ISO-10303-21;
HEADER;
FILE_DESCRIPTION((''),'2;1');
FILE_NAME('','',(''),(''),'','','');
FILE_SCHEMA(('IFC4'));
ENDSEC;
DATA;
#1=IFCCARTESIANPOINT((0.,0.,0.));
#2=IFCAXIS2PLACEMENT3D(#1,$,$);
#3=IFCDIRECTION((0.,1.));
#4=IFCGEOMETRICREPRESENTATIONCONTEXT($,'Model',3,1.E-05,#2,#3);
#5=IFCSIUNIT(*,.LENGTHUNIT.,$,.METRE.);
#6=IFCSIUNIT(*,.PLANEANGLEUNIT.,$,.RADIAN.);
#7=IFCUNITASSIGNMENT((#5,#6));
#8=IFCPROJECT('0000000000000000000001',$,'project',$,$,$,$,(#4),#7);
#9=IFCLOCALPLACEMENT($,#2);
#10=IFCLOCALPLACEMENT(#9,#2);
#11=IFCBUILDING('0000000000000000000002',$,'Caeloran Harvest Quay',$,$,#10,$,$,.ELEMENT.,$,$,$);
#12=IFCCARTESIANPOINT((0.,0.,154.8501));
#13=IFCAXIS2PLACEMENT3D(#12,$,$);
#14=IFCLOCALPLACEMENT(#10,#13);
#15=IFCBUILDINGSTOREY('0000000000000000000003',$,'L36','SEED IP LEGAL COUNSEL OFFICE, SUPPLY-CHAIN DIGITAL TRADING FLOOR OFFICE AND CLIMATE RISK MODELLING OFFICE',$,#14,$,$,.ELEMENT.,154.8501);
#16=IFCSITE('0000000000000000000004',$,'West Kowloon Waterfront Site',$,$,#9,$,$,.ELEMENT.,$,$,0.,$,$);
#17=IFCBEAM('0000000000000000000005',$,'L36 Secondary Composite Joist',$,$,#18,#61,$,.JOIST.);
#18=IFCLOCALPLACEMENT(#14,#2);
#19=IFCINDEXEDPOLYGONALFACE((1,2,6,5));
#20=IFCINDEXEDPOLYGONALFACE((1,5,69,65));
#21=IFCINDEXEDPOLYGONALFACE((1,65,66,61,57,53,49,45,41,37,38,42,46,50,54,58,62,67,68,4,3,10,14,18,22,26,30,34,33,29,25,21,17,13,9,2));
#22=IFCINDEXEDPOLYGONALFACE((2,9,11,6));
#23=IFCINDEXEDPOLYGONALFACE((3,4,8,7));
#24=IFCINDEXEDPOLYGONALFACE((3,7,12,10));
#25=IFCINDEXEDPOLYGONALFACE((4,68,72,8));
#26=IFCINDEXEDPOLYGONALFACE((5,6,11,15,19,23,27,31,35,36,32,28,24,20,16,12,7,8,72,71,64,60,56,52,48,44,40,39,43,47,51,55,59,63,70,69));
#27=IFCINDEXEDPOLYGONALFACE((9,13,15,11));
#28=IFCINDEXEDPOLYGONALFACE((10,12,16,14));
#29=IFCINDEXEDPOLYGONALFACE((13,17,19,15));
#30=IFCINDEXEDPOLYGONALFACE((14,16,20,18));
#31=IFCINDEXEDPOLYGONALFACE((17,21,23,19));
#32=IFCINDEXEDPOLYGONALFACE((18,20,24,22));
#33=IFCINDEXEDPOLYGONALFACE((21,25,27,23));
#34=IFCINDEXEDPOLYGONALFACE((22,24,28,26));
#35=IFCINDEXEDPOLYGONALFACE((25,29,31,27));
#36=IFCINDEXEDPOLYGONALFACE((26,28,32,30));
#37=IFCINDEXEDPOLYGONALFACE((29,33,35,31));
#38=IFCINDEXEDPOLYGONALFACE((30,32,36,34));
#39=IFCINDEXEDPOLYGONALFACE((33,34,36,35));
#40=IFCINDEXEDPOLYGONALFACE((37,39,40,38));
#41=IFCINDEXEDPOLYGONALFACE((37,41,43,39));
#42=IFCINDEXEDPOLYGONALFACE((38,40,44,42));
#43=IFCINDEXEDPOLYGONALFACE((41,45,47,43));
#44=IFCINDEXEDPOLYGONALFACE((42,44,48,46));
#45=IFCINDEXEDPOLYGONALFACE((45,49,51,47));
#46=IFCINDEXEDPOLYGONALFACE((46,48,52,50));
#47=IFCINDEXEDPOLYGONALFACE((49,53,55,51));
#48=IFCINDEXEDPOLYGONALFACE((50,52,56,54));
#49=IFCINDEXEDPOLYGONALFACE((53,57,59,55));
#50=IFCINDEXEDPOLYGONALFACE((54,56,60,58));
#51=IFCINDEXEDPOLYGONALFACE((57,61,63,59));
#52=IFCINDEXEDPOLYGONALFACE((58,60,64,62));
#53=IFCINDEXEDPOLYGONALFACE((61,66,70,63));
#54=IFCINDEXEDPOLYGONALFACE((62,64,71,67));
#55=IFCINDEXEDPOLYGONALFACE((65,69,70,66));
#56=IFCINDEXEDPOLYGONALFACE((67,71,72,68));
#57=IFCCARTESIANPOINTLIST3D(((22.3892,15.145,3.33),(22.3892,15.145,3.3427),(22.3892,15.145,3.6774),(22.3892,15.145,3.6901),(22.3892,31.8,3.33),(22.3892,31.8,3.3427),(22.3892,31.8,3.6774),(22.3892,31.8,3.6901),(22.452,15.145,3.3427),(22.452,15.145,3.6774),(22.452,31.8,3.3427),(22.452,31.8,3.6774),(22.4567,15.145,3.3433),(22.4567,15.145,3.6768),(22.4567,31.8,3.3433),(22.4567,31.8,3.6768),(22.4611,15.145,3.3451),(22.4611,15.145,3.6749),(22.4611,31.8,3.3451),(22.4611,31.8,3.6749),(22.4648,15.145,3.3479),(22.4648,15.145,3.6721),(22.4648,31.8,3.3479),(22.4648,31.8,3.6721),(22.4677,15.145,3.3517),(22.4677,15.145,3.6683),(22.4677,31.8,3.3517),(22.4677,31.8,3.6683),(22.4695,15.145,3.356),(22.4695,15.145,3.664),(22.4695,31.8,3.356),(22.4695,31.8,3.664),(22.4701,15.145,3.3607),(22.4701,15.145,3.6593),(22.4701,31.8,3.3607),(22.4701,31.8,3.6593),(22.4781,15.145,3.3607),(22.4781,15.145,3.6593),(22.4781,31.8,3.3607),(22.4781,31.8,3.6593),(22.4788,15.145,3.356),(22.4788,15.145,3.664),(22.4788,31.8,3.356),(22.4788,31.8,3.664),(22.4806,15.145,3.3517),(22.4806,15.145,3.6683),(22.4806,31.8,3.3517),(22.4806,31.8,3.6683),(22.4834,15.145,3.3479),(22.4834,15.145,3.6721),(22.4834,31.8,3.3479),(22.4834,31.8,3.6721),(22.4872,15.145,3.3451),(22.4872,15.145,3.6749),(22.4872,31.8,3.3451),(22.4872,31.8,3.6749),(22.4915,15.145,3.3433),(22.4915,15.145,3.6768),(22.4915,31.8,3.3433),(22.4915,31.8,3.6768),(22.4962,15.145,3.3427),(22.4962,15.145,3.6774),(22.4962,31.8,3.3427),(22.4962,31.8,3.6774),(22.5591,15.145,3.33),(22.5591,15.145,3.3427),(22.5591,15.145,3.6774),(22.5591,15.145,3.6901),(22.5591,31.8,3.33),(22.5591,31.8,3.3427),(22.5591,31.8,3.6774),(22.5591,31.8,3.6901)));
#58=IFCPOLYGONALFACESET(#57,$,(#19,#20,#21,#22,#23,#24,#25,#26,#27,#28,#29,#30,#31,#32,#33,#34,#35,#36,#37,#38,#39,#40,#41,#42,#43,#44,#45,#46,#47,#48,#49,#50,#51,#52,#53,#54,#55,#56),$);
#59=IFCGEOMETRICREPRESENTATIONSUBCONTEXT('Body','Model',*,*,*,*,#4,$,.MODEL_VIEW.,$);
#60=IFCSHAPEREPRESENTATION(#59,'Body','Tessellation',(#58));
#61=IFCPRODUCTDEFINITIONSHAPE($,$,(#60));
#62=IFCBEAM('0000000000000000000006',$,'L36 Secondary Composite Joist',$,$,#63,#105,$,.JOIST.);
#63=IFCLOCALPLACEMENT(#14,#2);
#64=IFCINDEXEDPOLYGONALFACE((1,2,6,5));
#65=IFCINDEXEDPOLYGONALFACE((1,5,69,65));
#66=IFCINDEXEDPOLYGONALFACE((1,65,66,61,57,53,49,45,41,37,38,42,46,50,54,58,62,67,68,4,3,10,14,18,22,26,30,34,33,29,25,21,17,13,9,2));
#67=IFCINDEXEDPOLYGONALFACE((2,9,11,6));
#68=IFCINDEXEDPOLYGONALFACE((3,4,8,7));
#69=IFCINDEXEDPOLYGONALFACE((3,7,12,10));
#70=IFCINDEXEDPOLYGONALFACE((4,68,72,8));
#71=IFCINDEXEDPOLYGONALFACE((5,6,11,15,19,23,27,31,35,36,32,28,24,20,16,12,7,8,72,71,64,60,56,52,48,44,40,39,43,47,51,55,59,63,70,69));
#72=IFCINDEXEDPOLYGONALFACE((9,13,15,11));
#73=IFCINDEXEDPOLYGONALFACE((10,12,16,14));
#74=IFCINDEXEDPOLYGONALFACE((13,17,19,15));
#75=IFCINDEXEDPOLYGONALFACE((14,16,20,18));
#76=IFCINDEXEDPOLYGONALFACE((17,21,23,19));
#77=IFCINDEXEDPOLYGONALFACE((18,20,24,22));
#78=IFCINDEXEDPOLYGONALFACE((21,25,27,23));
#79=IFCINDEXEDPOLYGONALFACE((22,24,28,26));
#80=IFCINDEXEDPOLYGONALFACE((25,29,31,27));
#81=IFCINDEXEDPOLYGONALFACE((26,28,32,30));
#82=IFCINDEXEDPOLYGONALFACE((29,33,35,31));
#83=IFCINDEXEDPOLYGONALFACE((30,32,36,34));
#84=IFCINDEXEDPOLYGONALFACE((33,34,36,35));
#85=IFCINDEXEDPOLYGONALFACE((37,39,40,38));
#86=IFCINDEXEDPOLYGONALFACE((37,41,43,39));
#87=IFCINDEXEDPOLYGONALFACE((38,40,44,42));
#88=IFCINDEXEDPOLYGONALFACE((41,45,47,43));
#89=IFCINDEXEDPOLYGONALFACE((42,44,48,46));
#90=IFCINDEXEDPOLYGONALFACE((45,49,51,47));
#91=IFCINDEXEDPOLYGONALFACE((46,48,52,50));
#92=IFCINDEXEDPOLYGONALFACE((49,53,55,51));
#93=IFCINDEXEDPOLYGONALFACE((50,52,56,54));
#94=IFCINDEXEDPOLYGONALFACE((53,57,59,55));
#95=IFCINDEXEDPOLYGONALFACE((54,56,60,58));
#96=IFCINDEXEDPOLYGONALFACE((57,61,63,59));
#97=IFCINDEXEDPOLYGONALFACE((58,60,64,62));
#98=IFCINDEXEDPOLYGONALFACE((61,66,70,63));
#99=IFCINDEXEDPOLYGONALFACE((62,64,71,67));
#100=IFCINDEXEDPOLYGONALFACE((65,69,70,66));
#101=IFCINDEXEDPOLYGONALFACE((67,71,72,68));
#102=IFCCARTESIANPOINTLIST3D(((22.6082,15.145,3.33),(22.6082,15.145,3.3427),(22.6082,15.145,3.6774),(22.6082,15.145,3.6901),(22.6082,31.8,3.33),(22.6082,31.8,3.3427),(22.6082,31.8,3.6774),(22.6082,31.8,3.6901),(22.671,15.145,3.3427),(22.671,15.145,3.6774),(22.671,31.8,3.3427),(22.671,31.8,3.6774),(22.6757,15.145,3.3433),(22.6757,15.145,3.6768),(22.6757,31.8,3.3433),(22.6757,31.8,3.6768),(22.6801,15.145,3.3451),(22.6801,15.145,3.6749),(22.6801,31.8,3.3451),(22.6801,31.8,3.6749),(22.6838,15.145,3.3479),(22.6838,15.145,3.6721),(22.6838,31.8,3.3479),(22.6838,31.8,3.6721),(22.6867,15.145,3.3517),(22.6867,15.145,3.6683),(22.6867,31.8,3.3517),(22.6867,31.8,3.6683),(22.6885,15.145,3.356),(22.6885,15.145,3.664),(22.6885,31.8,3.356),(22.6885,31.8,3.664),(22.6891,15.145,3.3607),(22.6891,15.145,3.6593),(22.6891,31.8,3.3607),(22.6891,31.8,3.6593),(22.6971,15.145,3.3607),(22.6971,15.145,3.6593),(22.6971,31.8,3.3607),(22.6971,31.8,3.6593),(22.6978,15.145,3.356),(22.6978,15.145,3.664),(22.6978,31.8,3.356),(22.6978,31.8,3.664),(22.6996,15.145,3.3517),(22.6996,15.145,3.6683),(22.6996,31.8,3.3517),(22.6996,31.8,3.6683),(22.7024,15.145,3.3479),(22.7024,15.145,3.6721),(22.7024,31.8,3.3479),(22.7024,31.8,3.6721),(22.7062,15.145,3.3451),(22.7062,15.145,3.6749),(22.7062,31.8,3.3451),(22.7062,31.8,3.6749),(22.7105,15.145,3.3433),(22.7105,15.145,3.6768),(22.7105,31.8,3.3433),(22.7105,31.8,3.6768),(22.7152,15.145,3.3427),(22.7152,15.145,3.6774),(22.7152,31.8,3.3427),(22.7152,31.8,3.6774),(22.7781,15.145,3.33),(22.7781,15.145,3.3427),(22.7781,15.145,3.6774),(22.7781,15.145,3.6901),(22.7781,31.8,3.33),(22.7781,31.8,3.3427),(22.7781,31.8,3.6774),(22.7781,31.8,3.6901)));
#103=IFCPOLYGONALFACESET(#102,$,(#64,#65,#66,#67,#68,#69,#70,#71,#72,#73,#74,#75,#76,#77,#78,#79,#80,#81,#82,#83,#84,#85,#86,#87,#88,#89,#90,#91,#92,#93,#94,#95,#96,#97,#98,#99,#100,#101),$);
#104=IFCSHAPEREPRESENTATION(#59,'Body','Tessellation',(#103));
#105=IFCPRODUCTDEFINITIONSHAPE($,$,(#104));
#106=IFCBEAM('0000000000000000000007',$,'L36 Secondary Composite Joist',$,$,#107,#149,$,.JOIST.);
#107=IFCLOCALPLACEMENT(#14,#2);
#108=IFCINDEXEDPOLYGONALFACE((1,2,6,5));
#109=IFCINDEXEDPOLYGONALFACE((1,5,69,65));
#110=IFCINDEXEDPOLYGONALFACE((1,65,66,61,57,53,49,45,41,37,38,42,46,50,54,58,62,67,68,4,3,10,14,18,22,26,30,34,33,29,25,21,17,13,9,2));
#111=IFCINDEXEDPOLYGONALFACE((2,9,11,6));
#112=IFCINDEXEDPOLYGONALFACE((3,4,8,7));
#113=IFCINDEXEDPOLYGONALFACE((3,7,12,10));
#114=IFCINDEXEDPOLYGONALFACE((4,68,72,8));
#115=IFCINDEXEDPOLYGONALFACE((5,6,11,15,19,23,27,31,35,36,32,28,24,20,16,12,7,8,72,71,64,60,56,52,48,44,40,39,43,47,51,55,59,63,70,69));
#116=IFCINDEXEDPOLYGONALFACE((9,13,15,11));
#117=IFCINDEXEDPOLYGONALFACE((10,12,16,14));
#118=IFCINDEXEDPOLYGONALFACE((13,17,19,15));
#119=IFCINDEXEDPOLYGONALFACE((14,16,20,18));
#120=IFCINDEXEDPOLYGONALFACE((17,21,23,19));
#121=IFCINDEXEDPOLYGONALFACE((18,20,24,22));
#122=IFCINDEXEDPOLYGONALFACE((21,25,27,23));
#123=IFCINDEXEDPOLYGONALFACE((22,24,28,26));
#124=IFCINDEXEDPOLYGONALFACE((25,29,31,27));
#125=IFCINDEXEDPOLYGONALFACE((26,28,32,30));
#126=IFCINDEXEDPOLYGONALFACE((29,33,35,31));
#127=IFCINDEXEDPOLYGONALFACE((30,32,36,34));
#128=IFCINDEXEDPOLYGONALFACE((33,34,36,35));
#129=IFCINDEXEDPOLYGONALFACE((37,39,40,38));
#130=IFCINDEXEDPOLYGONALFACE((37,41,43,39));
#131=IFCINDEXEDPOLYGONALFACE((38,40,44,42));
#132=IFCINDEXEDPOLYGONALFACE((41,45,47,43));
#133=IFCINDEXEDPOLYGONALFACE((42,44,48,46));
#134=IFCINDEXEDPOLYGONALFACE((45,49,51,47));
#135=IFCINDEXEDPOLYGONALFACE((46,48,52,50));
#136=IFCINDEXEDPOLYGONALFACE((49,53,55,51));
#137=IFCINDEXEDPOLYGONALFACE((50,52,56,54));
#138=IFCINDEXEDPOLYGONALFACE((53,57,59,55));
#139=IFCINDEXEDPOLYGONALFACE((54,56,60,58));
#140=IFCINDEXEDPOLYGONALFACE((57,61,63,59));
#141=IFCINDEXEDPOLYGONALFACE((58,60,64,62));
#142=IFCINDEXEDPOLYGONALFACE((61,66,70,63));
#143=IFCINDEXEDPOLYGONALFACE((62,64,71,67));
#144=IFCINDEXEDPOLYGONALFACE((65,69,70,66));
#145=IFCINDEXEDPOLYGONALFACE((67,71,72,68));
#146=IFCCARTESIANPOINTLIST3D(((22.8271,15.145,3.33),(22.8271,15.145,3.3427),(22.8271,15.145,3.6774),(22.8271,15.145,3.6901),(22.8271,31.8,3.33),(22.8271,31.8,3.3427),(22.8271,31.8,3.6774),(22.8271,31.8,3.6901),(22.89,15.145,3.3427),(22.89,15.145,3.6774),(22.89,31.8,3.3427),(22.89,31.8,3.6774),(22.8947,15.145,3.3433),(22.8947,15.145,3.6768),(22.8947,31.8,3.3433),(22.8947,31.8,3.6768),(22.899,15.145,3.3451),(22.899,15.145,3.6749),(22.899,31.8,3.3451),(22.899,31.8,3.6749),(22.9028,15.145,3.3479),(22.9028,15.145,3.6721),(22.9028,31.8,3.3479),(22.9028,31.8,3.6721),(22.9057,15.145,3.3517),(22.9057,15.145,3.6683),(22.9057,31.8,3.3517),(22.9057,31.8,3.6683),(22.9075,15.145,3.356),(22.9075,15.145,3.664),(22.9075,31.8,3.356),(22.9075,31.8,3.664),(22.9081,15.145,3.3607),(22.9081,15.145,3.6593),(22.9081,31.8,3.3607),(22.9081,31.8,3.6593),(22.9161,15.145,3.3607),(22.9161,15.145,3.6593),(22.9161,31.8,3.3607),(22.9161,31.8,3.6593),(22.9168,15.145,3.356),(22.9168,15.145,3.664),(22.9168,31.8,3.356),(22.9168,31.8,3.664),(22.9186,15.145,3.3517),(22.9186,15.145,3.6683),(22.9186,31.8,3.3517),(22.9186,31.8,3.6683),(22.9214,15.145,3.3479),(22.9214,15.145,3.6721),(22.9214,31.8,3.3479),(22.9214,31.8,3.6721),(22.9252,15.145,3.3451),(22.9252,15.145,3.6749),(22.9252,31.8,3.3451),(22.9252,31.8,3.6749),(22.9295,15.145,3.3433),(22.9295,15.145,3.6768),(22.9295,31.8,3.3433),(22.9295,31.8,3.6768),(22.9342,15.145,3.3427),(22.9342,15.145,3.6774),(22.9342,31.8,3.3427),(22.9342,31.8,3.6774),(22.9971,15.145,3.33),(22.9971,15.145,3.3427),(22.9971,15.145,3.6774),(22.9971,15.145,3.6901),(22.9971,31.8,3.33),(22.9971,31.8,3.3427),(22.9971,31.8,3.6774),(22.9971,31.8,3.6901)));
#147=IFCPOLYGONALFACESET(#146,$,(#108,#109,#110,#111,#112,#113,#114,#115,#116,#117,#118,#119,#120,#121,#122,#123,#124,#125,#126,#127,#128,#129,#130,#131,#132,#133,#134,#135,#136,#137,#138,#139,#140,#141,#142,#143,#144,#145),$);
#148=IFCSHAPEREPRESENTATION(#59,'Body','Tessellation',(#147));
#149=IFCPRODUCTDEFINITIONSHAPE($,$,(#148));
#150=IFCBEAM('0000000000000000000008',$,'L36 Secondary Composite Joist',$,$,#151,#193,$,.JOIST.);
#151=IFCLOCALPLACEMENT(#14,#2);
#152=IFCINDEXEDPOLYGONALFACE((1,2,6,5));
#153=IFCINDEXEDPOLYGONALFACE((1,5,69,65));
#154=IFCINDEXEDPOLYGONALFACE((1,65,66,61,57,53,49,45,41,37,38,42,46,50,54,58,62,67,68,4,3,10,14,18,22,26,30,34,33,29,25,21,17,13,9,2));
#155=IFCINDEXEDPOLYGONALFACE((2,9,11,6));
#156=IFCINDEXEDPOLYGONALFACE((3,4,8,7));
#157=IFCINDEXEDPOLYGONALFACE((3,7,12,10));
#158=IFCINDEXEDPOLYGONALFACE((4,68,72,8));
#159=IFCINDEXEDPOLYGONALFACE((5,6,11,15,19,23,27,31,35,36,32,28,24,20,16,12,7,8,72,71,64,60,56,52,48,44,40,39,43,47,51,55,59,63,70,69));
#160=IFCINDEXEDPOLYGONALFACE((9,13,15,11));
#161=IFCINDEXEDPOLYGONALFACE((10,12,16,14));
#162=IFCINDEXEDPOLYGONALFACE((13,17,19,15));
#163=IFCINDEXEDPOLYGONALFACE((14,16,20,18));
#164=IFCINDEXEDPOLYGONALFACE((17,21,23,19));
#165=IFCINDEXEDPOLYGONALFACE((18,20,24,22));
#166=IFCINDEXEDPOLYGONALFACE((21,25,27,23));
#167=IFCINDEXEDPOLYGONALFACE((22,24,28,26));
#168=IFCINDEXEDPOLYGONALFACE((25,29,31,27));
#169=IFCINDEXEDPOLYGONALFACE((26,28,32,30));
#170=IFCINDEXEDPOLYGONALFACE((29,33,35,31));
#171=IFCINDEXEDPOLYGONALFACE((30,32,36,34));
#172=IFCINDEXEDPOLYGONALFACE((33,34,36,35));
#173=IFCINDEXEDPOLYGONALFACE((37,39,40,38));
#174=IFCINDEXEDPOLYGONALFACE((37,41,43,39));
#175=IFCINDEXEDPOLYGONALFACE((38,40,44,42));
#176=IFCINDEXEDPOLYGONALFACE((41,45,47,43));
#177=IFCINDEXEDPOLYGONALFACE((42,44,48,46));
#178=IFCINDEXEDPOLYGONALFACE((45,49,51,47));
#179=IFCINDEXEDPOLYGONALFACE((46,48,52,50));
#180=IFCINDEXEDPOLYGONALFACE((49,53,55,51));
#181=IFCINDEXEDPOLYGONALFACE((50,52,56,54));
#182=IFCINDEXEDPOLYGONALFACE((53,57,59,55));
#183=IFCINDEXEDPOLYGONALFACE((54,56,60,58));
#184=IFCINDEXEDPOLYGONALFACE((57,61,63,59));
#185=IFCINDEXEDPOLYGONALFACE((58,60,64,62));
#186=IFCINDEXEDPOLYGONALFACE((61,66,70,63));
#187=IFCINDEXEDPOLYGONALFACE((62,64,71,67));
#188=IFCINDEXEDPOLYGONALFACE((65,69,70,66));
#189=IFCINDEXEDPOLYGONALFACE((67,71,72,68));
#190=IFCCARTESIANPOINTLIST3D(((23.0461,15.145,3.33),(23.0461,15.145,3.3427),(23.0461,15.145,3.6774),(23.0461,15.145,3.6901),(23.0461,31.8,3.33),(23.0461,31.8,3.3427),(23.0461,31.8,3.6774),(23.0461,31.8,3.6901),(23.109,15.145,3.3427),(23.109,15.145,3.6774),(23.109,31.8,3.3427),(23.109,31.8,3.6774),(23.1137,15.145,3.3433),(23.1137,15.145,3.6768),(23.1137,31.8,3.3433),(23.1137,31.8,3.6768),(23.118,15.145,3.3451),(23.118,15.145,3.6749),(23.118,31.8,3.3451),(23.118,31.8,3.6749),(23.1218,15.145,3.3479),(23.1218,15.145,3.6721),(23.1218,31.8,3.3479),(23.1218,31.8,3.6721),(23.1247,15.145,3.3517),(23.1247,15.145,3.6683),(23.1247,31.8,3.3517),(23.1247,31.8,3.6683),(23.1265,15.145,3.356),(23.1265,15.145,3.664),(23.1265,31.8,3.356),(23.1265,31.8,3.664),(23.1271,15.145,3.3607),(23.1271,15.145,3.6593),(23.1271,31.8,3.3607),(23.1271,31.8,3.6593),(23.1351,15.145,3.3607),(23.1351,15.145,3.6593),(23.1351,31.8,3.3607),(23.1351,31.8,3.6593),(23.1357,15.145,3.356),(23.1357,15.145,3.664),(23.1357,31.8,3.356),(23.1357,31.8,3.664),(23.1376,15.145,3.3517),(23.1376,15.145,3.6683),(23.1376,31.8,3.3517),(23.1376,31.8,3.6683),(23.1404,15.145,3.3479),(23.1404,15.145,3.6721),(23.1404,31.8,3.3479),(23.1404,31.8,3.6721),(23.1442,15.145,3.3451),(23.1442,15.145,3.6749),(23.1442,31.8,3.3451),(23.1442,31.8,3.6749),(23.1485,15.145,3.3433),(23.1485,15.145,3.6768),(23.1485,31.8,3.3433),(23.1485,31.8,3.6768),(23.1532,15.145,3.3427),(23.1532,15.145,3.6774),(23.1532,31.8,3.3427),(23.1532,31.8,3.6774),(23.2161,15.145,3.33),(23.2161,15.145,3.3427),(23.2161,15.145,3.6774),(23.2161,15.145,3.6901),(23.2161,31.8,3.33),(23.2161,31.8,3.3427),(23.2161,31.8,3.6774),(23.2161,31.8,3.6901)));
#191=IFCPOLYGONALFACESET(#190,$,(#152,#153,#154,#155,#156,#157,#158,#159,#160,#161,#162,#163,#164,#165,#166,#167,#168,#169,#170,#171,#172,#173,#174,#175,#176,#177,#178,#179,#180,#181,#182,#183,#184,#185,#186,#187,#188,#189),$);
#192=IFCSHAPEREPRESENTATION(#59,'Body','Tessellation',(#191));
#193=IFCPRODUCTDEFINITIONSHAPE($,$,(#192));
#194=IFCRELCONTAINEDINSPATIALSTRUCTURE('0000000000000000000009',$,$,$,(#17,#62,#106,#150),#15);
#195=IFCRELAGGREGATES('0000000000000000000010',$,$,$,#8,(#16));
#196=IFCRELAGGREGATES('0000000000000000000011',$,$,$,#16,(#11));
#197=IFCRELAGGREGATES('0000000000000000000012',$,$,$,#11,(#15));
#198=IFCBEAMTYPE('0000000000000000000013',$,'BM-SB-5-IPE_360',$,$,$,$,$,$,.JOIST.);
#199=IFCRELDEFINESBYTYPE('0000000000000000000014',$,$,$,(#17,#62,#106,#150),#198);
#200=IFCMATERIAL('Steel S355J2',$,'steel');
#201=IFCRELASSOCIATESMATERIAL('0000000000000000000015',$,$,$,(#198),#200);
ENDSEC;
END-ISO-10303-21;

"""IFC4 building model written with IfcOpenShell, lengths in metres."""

from ifc_helpers import new_model, si_unit, direction, frame, origin, origin_2d, place, context, subcontext, project, spatial, i_section, extrude, material, material_profile, profile_set, type_object, element, save


model = new_model("IFC4")

# Units and contexts
model_context = context("Model", 3, precision=1e-05, world=origin(), true_north=direction((0.0, 1.0)))
body_context = subcontext(model_context, "Body", "Model", "MODEL_VIEW")
ifc_project = project(units=[si_unit("LENGTHUNIT", "METRE"), si_unit("PLANEANGLEUNIT", "RADIAN")], contexts=[model_context])

# Site, building, storey
site_placement = place(None, origin())
site = spatial("IfcSite", under=ifc_project, at=site_placement, Name="West Kowloon Waterfront Site", CompositionType="ELEMENT", RefElevation=0.0)
building_placement = place(site_placement, origin())
building = spatial("IfcBuilding", under=site, at=building_placement, Name="Caeloran Harvest Quay", CompositionType="ELEMENT")
storey_placement = place(building_placement, frame((0.0, 0.0, 154.8501)))
storey = spatial("IfcBuildingStorey", under=building, at=storey_placement, Name="L36", Description="SEED IP LEGAL COUNSEL OFFICE, SUPPLY-CHAIN DIGITAL TRADING FLOOR OFFICE AND CLIMATE RISK MODELLING OFFICE", CompositionType="ELEMENT", Elevation=154.8501)

# Beams
ifc_material_1 = material(Name="Steel S355J2", Category="steel")
ifc_material_profile_1 = material_profile(ifc_material_1, i_section(OverallWidth=0.1699, OverallDepth=0.3601, WebThickness=0.0081, FlangeThickness=0.0127, FilletRadius=0.0181, at=origin_2d()), Name="IPE 360")
ifc_profile_set_1 = profile_set([ifc_material_profile_1], Name="Steel S355J2")
beam_type_1 = type_object("IfcBeamType", Name="BM-SB-5-IPE_360", PredefinedType="JOIST", material=ifc_profile_set_1)
for number, where, z_axis, x_axis, name in (
    (1, (22.4741, 15.145, 3.51), (0.0, 1.0, 0.0), (-1.0, 0.0, 0.0), "L36 Secondary Composite Joist"),
    (2, (22.6931, 15.145, 3.51), (0.0, 1.0, 0.0), (-1.0, 0.0, 0.0), "L36 Secondary Composite Joist"),
    (3, (22.9121, 15.145, 3.51), (0.0, 1.0, 0.0), (-1.0, 0.0, 0.0), "L36 Secondary Composite Joist"),
    (4, (23.1311, 15.145, 3.51), (0.0, 1.0, 0.0), (-1.0, 0.0, 0.0), "L36 Secondary Composite Joist"),
):
    element("IfcBeam", number, at=place(storey_placement, frame(where, z_axis=z_axis, x_axis=x_axis)), inside=storey, type_object=beam_type_1, Name=name, PredefinedType="JOIST", context=body_context, shape_type="SweptSolid", body=[
        extrude(i_section(OverallWidth=0.1699, OverallDepth=0.3601, WebThickness=0.0081, FlangeThickness=0.0127, FilletRadius=0.0181, at=origin_2d()), origin(), (0.0, 0.0, 1.0), 16.655),
    ])

save(model, "model.ifc")
